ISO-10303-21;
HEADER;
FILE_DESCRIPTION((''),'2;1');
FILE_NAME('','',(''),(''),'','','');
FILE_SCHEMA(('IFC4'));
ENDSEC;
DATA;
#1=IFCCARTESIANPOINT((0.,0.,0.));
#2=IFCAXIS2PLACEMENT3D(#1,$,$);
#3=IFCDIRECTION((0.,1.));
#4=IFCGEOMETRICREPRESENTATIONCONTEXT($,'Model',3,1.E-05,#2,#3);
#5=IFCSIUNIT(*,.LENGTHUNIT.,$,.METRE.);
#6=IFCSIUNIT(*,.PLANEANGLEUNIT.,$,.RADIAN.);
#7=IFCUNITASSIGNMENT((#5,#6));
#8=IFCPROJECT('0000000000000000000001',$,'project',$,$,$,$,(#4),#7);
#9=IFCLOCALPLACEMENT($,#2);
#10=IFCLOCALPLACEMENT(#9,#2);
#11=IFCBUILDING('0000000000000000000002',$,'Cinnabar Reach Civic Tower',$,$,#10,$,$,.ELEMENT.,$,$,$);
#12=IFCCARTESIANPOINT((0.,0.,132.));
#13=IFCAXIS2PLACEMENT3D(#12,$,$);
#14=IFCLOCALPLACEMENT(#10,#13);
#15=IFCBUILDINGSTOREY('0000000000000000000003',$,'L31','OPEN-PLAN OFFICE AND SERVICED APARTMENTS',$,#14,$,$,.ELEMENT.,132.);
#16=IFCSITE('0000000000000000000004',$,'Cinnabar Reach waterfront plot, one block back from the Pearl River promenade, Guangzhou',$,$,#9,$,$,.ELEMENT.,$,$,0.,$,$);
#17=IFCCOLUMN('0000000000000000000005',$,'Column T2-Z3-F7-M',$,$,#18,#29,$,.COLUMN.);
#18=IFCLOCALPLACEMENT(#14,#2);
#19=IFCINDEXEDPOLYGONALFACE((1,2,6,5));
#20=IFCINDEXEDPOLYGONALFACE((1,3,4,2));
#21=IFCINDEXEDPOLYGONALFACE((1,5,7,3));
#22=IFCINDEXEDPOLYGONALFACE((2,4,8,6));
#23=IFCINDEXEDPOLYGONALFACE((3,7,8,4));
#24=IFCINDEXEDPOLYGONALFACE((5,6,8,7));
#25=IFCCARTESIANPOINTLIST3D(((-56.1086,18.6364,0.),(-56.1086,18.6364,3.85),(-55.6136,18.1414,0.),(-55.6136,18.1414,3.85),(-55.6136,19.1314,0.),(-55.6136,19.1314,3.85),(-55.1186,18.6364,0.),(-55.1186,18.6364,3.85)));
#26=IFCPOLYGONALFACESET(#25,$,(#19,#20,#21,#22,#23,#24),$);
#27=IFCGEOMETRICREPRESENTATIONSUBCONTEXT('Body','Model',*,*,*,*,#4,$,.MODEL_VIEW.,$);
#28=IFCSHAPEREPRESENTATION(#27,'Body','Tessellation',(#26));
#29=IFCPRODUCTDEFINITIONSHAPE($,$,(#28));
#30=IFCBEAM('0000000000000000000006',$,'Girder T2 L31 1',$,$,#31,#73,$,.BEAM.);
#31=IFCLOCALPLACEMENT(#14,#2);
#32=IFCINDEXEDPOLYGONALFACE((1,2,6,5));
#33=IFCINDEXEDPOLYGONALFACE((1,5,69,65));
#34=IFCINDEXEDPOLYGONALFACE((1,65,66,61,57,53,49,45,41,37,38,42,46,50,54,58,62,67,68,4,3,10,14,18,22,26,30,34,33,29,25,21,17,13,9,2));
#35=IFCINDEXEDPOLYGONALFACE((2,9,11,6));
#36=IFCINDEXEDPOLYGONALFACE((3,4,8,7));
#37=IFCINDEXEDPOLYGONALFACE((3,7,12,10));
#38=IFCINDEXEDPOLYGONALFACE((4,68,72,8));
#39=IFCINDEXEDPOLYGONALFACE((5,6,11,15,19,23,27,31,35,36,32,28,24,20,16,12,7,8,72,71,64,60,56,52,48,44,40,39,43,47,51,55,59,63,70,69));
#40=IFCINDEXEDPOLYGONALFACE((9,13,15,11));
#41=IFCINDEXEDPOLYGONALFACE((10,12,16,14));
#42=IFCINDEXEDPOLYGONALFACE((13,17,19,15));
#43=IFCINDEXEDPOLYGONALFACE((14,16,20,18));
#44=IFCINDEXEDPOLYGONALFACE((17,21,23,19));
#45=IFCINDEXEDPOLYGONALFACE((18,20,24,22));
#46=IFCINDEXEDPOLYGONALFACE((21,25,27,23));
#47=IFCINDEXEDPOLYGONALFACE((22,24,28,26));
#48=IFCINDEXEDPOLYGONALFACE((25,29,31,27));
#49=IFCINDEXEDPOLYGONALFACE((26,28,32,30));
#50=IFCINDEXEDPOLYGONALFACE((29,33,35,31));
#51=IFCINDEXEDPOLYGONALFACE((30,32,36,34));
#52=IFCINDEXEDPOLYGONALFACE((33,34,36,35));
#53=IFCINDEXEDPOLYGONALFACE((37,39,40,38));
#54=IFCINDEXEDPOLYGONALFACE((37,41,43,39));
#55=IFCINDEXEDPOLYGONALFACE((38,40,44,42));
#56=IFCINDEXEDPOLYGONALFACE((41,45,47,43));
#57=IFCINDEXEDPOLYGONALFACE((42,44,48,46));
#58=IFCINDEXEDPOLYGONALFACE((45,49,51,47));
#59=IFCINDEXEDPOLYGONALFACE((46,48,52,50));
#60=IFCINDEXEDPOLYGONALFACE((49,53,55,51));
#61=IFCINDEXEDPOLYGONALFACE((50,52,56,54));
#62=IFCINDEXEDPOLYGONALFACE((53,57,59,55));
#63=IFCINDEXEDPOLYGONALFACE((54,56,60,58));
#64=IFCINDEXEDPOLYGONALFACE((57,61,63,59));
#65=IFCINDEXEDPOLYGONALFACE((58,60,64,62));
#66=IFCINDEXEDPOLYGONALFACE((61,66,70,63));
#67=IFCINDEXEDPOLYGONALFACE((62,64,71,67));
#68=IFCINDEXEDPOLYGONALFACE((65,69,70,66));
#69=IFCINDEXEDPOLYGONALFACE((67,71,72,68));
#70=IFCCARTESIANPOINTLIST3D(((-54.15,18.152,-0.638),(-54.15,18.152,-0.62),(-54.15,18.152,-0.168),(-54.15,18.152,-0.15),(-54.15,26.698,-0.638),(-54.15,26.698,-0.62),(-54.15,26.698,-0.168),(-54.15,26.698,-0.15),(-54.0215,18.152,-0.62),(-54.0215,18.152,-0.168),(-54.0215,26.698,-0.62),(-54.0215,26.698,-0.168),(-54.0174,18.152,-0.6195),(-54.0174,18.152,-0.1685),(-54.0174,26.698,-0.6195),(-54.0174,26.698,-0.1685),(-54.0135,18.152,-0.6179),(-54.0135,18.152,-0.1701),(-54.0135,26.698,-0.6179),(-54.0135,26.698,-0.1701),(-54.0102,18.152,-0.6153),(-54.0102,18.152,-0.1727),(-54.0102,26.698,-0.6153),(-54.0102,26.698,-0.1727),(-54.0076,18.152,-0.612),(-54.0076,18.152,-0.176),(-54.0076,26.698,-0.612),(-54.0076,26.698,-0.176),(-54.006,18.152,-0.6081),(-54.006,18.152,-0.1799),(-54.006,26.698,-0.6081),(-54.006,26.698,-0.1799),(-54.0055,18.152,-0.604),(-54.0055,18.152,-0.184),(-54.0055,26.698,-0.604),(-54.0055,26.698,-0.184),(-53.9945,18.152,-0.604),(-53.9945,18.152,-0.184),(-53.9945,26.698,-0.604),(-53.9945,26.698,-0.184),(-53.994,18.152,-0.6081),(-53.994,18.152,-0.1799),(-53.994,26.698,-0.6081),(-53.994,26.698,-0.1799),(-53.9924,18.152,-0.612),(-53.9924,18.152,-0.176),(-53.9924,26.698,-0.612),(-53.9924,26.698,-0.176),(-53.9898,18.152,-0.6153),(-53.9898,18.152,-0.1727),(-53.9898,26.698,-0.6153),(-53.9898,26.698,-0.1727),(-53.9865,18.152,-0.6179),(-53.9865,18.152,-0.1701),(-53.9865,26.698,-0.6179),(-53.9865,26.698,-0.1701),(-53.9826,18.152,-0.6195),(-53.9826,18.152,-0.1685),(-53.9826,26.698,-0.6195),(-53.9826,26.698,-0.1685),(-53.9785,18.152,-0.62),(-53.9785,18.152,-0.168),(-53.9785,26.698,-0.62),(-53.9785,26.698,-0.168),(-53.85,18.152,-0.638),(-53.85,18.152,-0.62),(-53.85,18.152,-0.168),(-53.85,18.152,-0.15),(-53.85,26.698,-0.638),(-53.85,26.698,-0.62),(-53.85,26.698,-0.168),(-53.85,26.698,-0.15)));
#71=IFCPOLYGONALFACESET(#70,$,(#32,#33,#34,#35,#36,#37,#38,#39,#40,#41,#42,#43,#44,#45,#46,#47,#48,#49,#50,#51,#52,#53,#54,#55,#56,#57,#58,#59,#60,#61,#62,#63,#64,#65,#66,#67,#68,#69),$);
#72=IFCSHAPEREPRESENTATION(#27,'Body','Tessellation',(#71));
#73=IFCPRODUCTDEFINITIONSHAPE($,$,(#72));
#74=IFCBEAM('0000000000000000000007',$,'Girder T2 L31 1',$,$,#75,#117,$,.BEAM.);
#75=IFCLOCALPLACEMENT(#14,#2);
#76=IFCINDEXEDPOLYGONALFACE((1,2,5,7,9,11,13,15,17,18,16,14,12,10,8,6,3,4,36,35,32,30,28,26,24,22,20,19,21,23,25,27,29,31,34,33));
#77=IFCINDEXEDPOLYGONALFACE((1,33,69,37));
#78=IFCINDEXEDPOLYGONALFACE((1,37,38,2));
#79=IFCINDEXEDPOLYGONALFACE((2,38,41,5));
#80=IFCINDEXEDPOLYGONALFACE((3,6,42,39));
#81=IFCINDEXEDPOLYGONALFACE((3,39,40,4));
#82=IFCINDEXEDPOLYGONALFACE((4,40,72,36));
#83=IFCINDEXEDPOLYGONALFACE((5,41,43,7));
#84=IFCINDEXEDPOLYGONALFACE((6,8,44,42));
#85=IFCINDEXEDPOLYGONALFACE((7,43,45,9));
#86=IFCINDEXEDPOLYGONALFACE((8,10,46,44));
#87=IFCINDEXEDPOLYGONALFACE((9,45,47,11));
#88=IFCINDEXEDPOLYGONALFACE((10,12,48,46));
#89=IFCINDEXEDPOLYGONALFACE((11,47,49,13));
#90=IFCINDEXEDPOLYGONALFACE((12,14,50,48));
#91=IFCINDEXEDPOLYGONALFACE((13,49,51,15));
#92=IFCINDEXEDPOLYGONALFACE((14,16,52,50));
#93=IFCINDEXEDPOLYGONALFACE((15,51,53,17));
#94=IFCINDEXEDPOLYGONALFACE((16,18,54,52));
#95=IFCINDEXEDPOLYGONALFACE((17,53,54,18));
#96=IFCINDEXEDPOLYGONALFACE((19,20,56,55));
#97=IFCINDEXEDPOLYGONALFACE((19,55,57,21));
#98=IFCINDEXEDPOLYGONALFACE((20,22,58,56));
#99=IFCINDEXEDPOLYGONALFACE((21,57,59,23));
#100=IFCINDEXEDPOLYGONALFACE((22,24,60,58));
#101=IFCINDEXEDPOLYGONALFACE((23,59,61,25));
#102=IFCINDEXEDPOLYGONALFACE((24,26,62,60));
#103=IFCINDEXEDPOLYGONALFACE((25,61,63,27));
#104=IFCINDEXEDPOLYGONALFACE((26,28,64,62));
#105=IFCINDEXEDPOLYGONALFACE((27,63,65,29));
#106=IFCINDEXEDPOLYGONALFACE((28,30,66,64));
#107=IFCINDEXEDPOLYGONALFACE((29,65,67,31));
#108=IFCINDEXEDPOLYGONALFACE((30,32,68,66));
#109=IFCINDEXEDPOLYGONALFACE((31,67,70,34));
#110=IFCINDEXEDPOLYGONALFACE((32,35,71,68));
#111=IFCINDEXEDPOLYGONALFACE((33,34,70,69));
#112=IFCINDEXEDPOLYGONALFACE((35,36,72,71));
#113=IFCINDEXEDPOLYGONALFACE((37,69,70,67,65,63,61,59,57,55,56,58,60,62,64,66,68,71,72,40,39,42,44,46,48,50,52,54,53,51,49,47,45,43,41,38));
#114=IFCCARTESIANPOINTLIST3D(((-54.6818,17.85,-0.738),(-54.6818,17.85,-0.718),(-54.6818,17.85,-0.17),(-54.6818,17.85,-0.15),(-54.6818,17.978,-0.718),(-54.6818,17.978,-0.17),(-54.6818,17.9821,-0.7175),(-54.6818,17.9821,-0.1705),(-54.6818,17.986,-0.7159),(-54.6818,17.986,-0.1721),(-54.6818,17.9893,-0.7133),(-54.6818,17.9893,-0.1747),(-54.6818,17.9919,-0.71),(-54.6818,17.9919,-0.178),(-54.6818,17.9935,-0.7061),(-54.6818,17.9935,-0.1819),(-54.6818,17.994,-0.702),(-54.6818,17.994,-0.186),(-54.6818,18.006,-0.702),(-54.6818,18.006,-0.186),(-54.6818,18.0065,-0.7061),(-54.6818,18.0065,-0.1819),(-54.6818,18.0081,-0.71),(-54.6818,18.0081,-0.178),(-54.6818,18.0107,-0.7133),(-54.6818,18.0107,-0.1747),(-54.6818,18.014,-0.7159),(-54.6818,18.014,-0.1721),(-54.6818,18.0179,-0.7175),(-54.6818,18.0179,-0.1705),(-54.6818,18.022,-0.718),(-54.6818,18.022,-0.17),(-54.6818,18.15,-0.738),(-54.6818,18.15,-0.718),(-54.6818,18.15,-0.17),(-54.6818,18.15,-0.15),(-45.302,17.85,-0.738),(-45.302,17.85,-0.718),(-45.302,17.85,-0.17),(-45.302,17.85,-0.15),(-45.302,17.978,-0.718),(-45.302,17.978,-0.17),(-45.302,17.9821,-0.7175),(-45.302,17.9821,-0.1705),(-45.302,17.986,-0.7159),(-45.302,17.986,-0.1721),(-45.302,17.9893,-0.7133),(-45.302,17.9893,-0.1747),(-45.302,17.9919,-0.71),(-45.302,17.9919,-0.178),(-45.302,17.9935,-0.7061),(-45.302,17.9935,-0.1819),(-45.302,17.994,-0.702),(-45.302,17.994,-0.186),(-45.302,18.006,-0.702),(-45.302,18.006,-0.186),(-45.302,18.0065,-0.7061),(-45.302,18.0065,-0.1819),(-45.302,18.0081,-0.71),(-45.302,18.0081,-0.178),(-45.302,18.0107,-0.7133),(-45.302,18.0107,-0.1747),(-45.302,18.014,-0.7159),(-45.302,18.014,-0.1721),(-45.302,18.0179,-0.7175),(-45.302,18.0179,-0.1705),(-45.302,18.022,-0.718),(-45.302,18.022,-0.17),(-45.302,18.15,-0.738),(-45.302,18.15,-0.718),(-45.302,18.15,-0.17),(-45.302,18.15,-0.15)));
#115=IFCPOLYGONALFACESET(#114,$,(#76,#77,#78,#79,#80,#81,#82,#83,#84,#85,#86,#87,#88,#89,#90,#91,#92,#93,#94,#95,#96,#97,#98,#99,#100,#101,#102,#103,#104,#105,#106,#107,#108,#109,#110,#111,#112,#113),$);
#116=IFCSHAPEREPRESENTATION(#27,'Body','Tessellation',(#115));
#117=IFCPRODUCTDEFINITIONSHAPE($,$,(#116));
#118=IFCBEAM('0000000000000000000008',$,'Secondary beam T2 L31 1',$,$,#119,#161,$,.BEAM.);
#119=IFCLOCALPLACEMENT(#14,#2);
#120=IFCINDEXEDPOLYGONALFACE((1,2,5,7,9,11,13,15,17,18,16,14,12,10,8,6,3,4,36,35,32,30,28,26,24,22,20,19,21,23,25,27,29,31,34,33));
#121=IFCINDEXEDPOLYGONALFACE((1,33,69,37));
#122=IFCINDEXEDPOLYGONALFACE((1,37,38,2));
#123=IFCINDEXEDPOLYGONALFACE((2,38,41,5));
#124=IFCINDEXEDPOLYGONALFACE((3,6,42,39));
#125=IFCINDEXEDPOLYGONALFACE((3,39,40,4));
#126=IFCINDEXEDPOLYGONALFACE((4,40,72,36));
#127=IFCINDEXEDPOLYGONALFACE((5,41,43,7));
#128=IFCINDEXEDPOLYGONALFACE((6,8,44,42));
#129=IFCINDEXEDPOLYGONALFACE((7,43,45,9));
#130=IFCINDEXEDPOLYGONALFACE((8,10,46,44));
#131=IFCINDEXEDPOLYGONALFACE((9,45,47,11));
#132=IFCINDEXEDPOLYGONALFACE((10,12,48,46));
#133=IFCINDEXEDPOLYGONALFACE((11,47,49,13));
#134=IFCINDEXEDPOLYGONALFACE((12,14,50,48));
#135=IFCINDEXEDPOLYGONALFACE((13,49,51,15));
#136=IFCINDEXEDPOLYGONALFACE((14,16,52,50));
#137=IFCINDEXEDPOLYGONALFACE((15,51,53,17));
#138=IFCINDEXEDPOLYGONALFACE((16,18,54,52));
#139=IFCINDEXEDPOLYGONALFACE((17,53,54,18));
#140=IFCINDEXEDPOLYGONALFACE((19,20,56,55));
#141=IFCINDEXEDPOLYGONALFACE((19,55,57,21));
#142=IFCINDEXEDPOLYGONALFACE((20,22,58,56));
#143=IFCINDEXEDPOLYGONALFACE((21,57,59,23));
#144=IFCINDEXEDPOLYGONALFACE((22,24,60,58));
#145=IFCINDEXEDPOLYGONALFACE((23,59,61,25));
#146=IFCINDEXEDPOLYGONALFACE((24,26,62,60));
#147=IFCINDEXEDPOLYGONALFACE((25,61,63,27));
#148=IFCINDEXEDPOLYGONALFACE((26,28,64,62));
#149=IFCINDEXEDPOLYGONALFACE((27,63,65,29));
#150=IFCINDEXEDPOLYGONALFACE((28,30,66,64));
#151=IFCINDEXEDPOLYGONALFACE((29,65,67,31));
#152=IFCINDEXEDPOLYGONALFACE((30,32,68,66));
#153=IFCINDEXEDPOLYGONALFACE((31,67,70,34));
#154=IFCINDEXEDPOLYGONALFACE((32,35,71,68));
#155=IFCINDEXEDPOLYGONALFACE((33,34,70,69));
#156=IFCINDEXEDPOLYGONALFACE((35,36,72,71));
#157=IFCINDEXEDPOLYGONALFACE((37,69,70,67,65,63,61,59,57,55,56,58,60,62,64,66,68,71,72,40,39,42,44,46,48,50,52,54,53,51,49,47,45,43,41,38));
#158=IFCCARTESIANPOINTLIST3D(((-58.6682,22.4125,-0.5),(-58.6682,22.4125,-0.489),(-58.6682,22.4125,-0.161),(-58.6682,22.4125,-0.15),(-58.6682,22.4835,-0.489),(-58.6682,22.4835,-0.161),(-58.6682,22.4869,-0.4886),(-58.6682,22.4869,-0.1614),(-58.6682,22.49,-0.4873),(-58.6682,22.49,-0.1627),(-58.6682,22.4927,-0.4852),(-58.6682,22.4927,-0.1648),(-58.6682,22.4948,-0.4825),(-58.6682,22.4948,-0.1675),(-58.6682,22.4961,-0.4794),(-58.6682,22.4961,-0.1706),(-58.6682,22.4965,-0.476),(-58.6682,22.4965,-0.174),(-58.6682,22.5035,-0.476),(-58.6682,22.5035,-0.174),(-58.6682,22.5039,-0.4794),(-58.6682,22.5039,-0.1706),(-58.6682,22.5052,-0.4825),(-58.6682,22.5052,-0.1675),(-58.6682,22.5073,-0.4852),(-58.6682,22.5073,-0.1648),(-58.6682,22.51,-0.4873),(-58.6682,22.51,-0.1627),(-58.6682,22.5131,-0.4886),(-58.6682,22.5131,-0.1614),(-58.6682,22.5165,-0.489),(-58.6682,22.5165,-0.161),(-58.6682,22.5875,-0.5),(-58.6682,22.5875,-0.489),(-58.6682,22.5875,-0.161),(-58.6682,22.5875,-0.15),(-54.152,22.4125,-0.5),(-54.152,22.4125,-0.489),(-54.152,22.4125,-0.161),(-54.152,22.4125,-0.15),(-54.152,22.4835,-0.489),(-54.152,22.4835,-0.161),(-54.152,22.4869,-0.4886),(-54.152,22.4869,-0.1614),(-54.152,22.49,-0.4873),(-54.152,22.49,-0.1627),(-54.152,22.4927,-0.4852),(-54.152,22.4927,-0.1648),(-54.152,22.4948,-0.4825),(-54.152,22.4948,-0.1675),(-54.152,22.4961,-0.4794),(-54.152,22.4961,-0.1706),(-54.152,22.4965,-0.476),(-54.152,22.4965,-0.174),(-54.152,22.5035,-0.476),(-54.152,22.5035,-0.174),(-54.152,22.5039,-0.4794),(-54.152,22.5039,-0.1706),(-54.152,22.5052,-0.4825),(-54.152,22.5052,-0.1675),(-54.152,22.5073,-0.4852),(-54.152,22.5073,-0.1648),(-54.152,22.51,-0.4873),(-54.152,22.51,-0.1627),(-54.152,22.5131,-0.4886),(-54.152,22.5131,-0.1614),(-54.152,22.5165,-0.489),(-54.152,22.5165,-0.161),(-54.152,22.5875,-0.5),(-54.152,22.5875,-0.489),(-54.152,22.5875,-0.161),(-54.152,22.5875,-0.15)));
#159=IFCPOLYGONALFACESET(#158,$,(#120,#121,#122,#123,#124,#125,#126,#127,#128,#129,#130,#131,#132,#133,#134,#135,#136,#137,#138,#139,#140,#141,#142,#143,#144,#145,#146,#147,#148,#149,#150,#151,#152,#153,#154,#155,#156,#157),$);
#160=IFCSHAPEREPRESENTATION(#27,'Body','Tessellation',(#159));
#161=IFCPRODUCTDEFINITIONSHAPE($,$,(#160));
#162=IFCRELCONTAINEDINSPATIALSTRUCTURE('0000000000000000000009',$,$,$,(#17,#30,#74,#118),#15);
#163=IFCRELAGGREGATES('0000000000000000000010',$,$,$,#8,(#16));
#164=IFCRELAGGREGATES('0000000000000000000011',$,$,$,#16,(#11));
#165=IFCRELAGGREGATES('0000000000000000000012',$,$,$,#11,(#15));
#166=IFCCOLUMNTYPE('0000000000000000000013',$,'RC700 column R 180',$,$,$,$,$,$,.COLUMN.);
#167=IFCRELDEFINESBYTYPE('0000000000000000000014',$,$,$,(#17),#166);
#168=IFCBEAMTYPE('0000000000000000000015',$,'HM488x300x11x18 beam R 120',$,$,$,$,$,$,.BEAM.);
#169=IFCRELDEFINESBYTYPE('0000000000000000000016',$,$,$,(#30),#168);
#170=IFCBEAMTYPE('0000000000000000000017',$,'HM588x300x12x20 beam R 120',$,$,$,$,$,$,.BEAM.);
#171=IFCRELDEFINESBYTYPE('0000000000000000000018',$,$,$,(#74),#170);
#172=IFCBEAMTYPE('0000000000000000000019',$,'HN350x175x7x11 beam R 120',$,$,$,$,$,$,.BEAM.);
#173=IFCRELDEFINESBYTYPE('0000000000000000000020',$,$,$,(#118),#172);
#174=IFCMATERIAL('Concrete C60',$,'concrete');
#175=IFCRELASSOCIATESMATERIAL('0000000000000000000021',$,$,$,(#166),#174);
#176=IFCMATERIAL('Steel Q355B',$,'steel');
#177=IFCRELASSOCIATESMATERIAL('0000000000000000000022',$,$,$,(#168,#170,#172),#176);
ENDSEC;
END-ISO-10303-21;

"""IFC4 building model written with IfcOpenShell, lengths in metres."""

from ifc_helpers import new_model, si_unit, direction, frame, origin, origin_2d, place, context, subcontext, project, spatial, rectangle, i_section, extrude, material, material_profile, profile_set, type_object, element, save


model = new_model("IFC4")

# Units and contexts
model_context = context("Model", 3, precision=1e-05, world=origin(), true_north=direction((0.0, 1.0)))
body_context = subcontext(model_context, "Body", "Model", "MODEL_VIEW")
ifc_project = project(units=[si_unit("LENGTHUNIT", "METRE"), si_unit("PLANEANGLEUNIT", "RADIAN")], contexts=[model_context])

# Site, building, storey
site_placement = place(None, origin())
site = spatial("IfcSite", under=ifc_project, at=site_placement, Name="Cinnabar Reach waterfront plot, one block back from the Pearl River promenade, Guangzhou", CompositionType="ELEMENT", RefElevation=0.0)
building_placement = place(site_placement, origin())
building = spatial("IfcBuilding", under=site, at=building_placement, Name="Cinnabar Reach Civic Tower", CompositionType="ELEMENT")
storey_placement = place(building_placement, frame((0.0, 0.0, 132.0)))
storey = spatial("IfcBuildingStorey", under=building, at=storey_placement, Name="L31", Description="OPEN-PLAN OFFICE AND SERVICED APARTMENTS", CompositionType="ELEMENT", Elevation=132.0)

# Column
ifc_material_1 = material(Name="Concrete C60", Category="concrete")
ifc_material_profile_1 = material_profile(ifc_material_1, rectangle(XDim=0.7, YDim=0.7, at=origin_2d()), Name="RC700")
ifc_profile_set_1 = profile_set([ifc_material_profile_1], Name="Concrete C60")
column_type = type_object("IfcColumnType", Name="RC700 column R 180", PredefinedType="COLUMN", material=ifc_profile_set_1)
column_placement = place(storey_placement, frame((-55.6136, 18.6364, 0.0), z_axis=(0.0, 0.0, 1.0), x_axis=(0.707107, 0.707107, 0.0)))
element("IfcColumn", 1, at=column_placement, inside=storey, type_object=column_type, Name="Column T2-Z3-F7-M", PredefinedType="COLUMN", context=body_context, shape_type="SweptSolid", body=[
    extrude(rectangle(XDim=0.7, YDim=0.7, at=origin_2d()), origin(), (0.0, 0.0, 1.0), 3.85),
])

# Beams
ifc_material_2 = material(Name="Steel Q355B", Category="steel")
ifc_material_profile_2 = material_profile(ifc_material_2, i_section(OverallWidth=0.3, OverallDepth=0.488, WebThickness=0.011, FlangeThickness=0.018, FilletRadius=0.016, at=origin_2d()), Name="HM488x300x11x18")
ifc_profile_set_2 = profile_set([ifc_material_profile_2], Name="Steel Q355B")
beam_type_1 = type_object("IfcBeamType", Name="HM488x300x11x18 beam R 120", PredefinedType="BEAM", material=ifc_profile_set_2)
beam_1_placement = place(storey_placement, frame((-54.0, 18.152, -0.394), z_axis=(0.0, 1.0, 0.0), x_axis=(-1.0, 0.0, 0.0)))
element("IfcBeam", 2, at=beam_1_placement, inside=storey, type_object=beam_type_1, Name="Girder T2 L31 1", PredefinedType="BEAM", context=body_context, shape_type="SweptSolid", body=[
    extrude(i_section(OverallWidth=0.3, OverallDepth=0.488, WebThickness=0.011, FlangeThickness=0.018, FilletRadius=0.016, at=origin_2d()), origin(), (0.0, 0.0, 1.0), 8.546),
])
ifc_material_profile_3 = material_profile(ifc_material_2, i_section(OverallWidth=0.3, OverallDepth=0.588, WebThickness=0.012, FlangeThickness=0.02, FilletRadius=0.016, at=origin_2d()), Name="HM588x300x12x20")
ifc_profile_set_3 = profile_set([ifc_material_profile_3], Name="Steel Q355B")
beam_type_2 = type_object("IfcBeamType", Name="HM588x300x12x20 beam R 120", PredefinedType="BEAM", material=ifc_profile_set_3)
beam_2_placement = place(storey_placement, frame((-54.6818, 18.0, -0.444), z_axis=(1.0, 0.0, 0.0), x_axis=(0.0, 1.0, 0.0)))
element("IfcBeam", 3, at=beam_2_placement, inside=storey, type_object=beam_type_2, Name="Girder T2 L31 1", PredefinedType="BEAM", context=body_context, shape_type="SweptSolid", body=[
    extrude(i_section(OverallWidth=0.3, OverallDepth=0.588, WebThickness=0.012, FlangeThickness=0.02, FilletRadius=0.016, at=origin_2d()), origin(), (0.0, 0.0, 1.0), 9.3798),
])
ifc_material_profile_4 = material_profile(ifc_material_2, i_section(OverallWidth=0.175, OverallDepth=0.35, WebThickness=0.007, FlangeThickness=0.011, FilletRadius=0.013, at=origin_2d()), Name="HN350x175x7x11")
ifc_profile_set_4 = profile_set([ifc_material_profile_4], Name="Steel Q355B")
beam_type_3 = type_object("IfcBeamType", Name="HN350x175x7x11 beam R 120", PredefinedType="BEAM", material=ifc_profile_set_4)
beam_3_placement = place(storey_placement, frame((-58.6682, 22.5, -0.325), z_axis=(1.0, 0.0, 0.0), x_axis=(0.0, 1.0, 0.0)))
element("IfcBeam", 4, at=beam_3_placement, inside=storey, type_object=beam_type_3, Name="Secondary beam T2 L31 1", PredefinedType="BEAM", context=body_context, shape_type="SweptSolid", body=[
    extrude(i_section(OverallWidth=0.175, OverallDepth=0.35, WebThickness=0.007, FlangeThickness=0.011, FilletRadius=0.013, at=origin_2d()), origin(), (0.0, 0.0, 1.0), 4.5162),
])

save(model, "model.ifc")
